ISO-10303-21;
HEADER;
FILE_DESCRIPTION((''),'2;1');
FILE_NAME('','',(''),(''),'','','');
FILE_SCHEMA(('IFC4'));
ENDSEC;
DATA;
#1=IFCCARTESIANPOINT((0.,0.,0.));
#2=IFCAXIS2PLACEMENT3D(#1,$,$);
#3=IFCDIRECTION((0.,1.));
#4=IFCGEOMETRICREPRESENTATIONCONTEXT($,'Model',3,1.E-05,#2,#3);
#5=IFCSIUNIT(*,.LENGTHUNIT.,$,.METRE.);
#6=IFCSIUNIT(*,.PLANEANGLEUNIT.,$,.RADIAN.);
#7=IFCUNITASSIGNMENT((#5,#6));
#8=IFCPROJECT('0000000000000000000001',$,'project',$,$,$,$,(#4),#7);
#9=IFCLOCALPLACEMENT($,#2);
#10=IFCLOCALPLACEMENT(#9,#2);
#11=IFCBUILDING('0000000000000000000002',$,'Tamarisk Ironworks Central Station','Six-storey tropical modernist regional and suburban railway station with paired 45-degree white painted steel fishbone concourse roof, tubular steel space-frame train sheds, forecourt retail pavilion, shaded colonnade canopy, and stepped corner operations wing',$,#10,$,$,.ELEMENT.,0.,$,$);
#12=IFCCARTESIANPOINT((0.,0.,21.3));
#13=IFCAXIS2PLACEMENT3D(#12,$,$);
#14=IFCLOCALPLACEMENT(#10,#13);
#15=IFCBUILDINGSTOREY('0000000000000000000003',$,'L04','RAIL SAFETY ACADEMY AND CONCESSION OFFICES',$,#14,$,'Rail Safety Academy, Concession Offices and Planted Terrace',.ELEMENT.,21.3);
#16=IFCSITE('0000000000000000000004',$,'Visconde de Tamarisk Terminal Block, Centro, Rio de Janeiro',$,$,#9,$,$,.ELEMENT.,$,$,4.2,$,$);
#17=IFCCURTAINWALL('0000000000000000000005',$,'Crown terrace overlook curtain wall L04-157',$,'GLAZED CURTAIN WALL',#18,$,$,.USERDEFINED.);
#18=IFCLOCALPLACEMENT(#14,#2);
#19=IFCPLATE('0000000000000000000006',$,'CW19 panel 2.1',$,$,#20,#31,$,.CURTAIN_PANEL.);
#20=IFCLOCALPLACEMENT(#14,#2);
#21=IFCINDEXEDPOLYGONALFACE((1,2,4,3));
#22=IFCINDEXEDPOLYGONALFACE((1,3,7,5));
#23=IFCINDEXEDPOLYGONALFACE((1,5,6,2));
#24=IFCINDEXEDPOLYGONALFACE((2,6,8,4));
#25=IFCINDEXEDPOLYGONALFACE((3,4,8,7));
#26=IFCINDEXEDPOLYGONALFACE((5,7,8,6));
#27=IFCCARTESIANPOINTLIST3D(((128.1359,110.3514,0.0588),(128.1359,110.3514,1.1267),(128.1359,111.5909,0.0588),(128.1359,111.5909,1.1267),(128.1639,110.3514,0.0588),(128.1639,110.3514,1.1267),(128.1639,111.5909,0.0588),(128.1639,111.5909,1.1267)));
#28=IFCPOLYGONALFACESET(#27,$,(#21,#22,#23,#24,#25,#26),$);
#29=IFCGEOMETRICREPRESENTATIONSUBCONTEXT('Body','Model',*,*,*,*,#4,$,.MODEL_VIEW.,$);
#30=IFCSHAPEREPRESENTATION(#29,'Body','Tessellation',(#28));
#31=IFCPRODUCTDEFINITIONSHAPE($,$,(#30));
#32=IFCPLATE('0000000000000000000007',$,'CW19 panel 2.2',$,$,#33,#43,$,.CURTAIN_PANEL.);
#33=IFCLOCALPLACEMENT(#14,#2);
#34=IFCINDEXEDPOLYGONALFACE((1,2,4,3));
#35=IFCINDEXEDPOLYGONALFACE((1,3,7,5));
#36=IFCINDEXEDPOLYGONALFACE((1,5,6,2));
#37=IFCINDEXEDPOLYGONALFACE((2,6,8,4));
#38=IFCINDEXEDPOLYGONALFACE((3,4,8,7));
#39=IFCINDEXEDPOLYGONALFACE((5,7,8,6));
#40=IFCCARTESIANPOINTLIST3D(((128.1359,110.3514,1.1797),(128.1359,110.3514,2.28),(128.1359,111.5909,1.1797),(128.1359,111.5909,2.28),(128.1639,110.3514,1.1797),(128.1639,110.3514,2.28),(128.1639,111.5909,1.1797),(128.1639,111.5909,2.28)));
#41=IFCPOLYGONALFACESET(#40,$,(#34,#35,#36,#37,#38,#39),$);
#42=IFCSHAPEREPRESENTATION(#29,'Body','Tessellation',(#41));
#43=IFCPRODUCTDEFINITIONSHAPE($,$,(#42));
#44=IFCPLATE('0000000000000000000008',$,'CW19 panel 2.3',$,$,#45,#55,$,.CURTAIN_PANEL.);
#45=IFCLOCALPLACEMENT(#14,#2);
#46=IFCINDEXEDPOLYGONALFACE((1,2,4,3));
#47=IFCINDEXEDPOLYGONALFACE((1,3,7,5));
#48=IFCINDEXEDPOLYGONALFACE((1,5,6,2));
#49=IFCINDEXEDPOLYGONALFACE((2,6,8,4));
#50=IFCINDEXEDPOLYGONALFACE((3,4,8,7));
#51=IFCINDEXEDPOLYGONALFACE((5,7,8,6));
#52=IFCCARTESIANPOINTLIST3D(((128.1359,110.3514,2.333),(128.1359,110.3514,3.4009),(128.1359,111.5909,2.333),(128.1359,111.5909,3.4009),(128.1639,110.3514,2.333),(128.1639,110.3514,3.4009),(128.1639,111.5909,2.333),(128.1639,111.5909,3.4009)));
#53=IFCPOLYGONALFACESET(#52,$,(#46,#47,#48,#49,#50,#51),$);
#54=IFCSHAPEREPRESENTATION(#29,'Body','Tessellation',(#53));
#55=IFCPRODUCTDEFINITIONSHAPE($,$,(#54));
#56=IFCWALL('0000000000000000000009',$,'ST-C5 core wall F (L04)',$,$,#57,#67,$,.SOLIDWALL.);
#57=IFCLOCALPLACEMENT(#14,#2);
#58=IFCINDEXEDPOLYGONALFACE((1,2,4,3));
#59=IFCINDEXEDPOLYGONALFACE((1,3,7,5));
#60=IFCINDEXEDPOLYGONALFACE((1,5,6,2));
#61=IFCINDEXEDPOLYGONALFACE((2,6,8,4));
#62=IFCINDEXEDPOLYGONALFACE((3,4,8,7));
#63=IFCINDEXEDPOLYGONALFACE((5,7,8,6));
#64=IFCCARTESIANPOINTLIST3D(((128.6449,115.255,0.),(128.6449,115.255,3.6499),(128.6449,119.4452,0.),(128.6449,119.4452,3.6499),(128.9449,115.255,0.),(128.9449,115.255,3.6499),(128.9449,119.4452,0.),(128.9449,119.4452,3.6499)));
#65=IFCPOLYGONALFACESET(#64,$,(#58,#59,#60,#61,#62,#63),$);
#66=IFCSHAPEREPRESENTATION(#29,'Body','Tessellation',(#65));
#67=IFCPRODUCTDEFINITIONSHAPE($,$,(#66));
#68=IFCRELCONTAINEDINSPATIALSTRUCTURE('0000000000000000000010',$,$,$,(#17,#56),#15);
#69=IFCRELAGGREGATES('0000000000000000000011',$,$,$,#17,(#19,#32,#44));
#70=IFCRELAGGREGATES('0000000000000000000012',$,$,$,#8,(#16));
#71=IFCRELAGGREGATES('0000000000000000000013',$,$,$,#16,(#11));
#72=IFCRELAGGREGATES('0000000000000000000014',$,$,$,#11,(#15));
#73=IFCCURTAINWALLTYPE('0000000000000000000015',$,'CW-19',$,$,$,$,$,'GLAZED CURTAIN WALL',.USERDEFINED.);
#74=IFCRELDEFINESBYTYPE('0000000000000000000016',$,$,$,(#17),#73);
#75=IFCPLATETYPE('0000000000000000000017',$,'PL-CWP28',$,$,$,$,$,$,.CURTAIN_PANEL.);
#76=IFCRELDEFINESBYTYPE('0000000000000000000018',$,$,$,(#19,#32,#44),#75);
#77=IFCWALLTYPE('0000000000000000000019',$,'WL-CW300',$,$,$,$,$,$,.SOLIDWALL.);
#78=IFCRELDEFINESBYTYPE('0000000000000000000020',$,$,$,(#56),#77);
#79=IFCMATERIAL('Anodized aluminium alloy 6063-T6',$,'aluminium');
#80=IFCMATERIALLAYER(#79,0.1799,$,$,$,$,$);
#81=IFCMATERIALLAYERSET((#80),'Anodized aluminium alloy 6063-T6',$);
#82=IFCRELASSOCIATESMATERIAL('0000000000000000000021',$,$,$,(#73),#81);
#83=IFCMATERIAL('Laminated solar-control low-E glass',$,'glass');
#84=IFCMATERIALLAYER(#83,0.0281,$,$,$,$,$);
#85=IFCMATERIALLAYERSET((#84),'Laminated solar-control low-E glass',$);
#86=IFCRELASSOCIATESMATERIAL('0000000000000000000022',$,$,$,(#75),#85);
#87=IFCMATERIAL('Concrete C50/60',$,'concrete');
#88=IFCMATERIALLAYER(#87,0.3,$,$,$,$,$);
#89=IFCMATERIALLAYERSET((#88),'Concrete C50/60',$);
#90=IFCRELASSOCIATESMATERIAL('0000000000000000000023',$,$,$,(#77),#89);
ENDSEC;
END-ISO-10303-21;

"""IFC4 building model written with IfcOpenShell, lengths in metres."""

from ifc_helpers import new_model, si_unit, direction, frame, frame_2d, origin, origin_2d, place, context, subcontext, project, spatial, rectangle, extrude, material, layer, layer_set, type_object, element, aggregate, save


model = new_model("IFC4")

# Units and contexts
model_context = context("Model", 3, precision=1e-05, world=origin(), true_north=direction((0.0, 1.0)))
body_context = subcontext(model_context, "Body", "Model", "MODEL_VIEW")
ifc_project = project(units=[si_unit("LENGTHUNIT", "METRE"), si_unit("PLANEANGLEUNIT", "RADIAN")], contexts=[model_context])

# Site, building, storey
site_placement = place(None, origin())
site = spatial("IfcSite", under=ifc_project, at=site_placement, Name="Visconde de Tamarisk Terminal Block, Centro, Rio de Janeiro", CompositionType="ELEMENT", RefElevation=4.2)
building_placement = place(site_placement, origin())
building = spatial("IfcBuilding", under=site, at=building_placement, Name="Tamarisk Ironworks Central Station", Description="Six-storey tropical modernist regional and suburban railway station with paired 45-degree white painted steel fishbone concourse roof, tubular steel space-frame train sheds, forecourt retail pavilion, shaded colonnade canopy, and stepped corner operations wing", CompositionType="ELEMENT", ElevationOfRefHeight=0.0)
storey_placement = place(building_placement, frame((0.0, 0.0, 21.3)))
storey = spatial("IfcBuildingStorey", under=building, at=storey_placement, Name="L04", Description="RAIL SAFETY ACADEMY AND CONCESSION OFFICES", LongName="Rail Safety Academy, Concession Offices and Planted Terrace", CompositionType="ELEMENT", Elevation=21.3)

# Curtain wall
ifc_material_1 = material(Name="Anodized aluminium alloy 6063-T6", Category="aluminium")
ifc_layer_1 = layer(ifc_material_1, 0.1799)
ifc_layer_set_1 = layer_set([ifc_layer_1], Name="Anodized aluminium alloy 6063-T6")
curtain_wall_type = type_object("IfcCurtainWallType", Name="CW-19", ElementType="GLAZED CURTAIN WALL", PredefinedType="USERDEFINED", material=ifc_layer_set_1)
curtain_wall_1_placement = place(storey_placement, origin())
curtain_wall_1 = element("IfcCurtainWall", 1, at=curtain_wall_1_placement, inside=storey, type_object=curtain_wall_type, Name="Crown terrace overlook curtain wall L04-157", ObjectType="GLAZED CURTAIN WALL", PredefinedType="USERDEFINED")

# Plates
ifc_material_2 = material(Name="Laminated solar-control low-E glass", Category="glass")
ifc_layer_2 = layer(ifc_material_2, 0.0281)
ifc_layer_set_2 = layer_set([ifc_layer_2], Name="Laminated solar-control low-E glass")
plate_type = type_object("IfcPlateType", Name="PL-CWP28", PredefinedType="CURTAIN_PANEL", material=ifc_layer_set_2)
plate_1_placement = place(storey_placement, frame((128.1499, 110.9712, 0.0588), z_axis=(0.0, 0.0, 1.0), x_axis=(0.0, 1.0, 0.0)))
plate_1 = element("IfcPlate", 2, at=plate_1_placement, type_object=plate_type, Name="CW19 panel 2.1", PredefinedType="CURTAIN_PANEL", context=body_context, shape_type="SweptSolid", body=[
    extrude(rectangle(XDim=1.2395, YDim=0.0281, at=origin_2d()), origin(), (0.0, 0.0, 1.0), 1.0679),
])
plate_2_placement = place(storey_placement, frame((128.1499, 110.9712, 1.1797), z_axis=(0.0, 0.0, 1.0), x_axis=(0.0, 1.0, 0.0)))
plate_2 = element("IfcPlate", 3, at=plate_2_placement, type_object=plate_type, Name="CW19 panel 2.2", PredefinedType="CURTAIN_PANEL", context=body_context, shape_type="SweptSolid", body=[
    extrude(rectangle(XDim=1.2395, YDim=0.0281, at=origin_2d()), origin(), (0.0, 0.0, 1.0), 1.1003),
])
plate_3_placement = place(storey_placement, frame((128.1499, 110.9712, 2.333), z_axis=(0.0, 0.0, 1.0), x_axis=(0.0, 1.0, 0.0)))
plate_3 = element("IfcPlate", 4, at=plate_3_placement, type_object=plate_type, Name="CW19 panel 2.3", PredefinedType="CURTAIN_PANEL", context=body_context, shape_type="SweptSolid", body=[
    extrude(rectangle(XDim=1.2395, YDim=0.0281, at=origin_2d()), origin(), (0.0, 0.0, 1.0), 1.0679),
])
aggregate(curtain_wall_1, [plate_1, plate_2, plate_3])

# Wall
ifc_material_3 = material(Name="Concrete C50/60", Category="concrete")
ifc_layer_3 = layer(ifc_material_3, 0.3)
ifc_layer_set_3 = layer_set([ifc_layer_3], Name="Concrete C50/60")
wall_type = type_object("IfcWallType", Name="WL-CW300", PredefinedType="SOLIDWALL", material=ifc_layer_set_3)
wall_placement = place(storey_placement, frame((128.7949, 115.2549, 0.0), z_axis=(0.0, 0.0, 1.0), x_axis=(0.0, 1.0, 0.0)))
element("IfcWall", 5, at=wall_placement, inside=storey, type_object=wall_type, Name="ST-C5 core wall F (L04)", PredefinedType="SOLIDWALL", context=body_context, shape_type="SweptSolid", body=[
    extrude(rectangle(XDim=4.1902, YDim=0.3, at=frame_2d((2.0952, 0.0))), origin(), (0.0, 0.0, 1.0), 3.6499),
])

save(model, "model.ifc")
